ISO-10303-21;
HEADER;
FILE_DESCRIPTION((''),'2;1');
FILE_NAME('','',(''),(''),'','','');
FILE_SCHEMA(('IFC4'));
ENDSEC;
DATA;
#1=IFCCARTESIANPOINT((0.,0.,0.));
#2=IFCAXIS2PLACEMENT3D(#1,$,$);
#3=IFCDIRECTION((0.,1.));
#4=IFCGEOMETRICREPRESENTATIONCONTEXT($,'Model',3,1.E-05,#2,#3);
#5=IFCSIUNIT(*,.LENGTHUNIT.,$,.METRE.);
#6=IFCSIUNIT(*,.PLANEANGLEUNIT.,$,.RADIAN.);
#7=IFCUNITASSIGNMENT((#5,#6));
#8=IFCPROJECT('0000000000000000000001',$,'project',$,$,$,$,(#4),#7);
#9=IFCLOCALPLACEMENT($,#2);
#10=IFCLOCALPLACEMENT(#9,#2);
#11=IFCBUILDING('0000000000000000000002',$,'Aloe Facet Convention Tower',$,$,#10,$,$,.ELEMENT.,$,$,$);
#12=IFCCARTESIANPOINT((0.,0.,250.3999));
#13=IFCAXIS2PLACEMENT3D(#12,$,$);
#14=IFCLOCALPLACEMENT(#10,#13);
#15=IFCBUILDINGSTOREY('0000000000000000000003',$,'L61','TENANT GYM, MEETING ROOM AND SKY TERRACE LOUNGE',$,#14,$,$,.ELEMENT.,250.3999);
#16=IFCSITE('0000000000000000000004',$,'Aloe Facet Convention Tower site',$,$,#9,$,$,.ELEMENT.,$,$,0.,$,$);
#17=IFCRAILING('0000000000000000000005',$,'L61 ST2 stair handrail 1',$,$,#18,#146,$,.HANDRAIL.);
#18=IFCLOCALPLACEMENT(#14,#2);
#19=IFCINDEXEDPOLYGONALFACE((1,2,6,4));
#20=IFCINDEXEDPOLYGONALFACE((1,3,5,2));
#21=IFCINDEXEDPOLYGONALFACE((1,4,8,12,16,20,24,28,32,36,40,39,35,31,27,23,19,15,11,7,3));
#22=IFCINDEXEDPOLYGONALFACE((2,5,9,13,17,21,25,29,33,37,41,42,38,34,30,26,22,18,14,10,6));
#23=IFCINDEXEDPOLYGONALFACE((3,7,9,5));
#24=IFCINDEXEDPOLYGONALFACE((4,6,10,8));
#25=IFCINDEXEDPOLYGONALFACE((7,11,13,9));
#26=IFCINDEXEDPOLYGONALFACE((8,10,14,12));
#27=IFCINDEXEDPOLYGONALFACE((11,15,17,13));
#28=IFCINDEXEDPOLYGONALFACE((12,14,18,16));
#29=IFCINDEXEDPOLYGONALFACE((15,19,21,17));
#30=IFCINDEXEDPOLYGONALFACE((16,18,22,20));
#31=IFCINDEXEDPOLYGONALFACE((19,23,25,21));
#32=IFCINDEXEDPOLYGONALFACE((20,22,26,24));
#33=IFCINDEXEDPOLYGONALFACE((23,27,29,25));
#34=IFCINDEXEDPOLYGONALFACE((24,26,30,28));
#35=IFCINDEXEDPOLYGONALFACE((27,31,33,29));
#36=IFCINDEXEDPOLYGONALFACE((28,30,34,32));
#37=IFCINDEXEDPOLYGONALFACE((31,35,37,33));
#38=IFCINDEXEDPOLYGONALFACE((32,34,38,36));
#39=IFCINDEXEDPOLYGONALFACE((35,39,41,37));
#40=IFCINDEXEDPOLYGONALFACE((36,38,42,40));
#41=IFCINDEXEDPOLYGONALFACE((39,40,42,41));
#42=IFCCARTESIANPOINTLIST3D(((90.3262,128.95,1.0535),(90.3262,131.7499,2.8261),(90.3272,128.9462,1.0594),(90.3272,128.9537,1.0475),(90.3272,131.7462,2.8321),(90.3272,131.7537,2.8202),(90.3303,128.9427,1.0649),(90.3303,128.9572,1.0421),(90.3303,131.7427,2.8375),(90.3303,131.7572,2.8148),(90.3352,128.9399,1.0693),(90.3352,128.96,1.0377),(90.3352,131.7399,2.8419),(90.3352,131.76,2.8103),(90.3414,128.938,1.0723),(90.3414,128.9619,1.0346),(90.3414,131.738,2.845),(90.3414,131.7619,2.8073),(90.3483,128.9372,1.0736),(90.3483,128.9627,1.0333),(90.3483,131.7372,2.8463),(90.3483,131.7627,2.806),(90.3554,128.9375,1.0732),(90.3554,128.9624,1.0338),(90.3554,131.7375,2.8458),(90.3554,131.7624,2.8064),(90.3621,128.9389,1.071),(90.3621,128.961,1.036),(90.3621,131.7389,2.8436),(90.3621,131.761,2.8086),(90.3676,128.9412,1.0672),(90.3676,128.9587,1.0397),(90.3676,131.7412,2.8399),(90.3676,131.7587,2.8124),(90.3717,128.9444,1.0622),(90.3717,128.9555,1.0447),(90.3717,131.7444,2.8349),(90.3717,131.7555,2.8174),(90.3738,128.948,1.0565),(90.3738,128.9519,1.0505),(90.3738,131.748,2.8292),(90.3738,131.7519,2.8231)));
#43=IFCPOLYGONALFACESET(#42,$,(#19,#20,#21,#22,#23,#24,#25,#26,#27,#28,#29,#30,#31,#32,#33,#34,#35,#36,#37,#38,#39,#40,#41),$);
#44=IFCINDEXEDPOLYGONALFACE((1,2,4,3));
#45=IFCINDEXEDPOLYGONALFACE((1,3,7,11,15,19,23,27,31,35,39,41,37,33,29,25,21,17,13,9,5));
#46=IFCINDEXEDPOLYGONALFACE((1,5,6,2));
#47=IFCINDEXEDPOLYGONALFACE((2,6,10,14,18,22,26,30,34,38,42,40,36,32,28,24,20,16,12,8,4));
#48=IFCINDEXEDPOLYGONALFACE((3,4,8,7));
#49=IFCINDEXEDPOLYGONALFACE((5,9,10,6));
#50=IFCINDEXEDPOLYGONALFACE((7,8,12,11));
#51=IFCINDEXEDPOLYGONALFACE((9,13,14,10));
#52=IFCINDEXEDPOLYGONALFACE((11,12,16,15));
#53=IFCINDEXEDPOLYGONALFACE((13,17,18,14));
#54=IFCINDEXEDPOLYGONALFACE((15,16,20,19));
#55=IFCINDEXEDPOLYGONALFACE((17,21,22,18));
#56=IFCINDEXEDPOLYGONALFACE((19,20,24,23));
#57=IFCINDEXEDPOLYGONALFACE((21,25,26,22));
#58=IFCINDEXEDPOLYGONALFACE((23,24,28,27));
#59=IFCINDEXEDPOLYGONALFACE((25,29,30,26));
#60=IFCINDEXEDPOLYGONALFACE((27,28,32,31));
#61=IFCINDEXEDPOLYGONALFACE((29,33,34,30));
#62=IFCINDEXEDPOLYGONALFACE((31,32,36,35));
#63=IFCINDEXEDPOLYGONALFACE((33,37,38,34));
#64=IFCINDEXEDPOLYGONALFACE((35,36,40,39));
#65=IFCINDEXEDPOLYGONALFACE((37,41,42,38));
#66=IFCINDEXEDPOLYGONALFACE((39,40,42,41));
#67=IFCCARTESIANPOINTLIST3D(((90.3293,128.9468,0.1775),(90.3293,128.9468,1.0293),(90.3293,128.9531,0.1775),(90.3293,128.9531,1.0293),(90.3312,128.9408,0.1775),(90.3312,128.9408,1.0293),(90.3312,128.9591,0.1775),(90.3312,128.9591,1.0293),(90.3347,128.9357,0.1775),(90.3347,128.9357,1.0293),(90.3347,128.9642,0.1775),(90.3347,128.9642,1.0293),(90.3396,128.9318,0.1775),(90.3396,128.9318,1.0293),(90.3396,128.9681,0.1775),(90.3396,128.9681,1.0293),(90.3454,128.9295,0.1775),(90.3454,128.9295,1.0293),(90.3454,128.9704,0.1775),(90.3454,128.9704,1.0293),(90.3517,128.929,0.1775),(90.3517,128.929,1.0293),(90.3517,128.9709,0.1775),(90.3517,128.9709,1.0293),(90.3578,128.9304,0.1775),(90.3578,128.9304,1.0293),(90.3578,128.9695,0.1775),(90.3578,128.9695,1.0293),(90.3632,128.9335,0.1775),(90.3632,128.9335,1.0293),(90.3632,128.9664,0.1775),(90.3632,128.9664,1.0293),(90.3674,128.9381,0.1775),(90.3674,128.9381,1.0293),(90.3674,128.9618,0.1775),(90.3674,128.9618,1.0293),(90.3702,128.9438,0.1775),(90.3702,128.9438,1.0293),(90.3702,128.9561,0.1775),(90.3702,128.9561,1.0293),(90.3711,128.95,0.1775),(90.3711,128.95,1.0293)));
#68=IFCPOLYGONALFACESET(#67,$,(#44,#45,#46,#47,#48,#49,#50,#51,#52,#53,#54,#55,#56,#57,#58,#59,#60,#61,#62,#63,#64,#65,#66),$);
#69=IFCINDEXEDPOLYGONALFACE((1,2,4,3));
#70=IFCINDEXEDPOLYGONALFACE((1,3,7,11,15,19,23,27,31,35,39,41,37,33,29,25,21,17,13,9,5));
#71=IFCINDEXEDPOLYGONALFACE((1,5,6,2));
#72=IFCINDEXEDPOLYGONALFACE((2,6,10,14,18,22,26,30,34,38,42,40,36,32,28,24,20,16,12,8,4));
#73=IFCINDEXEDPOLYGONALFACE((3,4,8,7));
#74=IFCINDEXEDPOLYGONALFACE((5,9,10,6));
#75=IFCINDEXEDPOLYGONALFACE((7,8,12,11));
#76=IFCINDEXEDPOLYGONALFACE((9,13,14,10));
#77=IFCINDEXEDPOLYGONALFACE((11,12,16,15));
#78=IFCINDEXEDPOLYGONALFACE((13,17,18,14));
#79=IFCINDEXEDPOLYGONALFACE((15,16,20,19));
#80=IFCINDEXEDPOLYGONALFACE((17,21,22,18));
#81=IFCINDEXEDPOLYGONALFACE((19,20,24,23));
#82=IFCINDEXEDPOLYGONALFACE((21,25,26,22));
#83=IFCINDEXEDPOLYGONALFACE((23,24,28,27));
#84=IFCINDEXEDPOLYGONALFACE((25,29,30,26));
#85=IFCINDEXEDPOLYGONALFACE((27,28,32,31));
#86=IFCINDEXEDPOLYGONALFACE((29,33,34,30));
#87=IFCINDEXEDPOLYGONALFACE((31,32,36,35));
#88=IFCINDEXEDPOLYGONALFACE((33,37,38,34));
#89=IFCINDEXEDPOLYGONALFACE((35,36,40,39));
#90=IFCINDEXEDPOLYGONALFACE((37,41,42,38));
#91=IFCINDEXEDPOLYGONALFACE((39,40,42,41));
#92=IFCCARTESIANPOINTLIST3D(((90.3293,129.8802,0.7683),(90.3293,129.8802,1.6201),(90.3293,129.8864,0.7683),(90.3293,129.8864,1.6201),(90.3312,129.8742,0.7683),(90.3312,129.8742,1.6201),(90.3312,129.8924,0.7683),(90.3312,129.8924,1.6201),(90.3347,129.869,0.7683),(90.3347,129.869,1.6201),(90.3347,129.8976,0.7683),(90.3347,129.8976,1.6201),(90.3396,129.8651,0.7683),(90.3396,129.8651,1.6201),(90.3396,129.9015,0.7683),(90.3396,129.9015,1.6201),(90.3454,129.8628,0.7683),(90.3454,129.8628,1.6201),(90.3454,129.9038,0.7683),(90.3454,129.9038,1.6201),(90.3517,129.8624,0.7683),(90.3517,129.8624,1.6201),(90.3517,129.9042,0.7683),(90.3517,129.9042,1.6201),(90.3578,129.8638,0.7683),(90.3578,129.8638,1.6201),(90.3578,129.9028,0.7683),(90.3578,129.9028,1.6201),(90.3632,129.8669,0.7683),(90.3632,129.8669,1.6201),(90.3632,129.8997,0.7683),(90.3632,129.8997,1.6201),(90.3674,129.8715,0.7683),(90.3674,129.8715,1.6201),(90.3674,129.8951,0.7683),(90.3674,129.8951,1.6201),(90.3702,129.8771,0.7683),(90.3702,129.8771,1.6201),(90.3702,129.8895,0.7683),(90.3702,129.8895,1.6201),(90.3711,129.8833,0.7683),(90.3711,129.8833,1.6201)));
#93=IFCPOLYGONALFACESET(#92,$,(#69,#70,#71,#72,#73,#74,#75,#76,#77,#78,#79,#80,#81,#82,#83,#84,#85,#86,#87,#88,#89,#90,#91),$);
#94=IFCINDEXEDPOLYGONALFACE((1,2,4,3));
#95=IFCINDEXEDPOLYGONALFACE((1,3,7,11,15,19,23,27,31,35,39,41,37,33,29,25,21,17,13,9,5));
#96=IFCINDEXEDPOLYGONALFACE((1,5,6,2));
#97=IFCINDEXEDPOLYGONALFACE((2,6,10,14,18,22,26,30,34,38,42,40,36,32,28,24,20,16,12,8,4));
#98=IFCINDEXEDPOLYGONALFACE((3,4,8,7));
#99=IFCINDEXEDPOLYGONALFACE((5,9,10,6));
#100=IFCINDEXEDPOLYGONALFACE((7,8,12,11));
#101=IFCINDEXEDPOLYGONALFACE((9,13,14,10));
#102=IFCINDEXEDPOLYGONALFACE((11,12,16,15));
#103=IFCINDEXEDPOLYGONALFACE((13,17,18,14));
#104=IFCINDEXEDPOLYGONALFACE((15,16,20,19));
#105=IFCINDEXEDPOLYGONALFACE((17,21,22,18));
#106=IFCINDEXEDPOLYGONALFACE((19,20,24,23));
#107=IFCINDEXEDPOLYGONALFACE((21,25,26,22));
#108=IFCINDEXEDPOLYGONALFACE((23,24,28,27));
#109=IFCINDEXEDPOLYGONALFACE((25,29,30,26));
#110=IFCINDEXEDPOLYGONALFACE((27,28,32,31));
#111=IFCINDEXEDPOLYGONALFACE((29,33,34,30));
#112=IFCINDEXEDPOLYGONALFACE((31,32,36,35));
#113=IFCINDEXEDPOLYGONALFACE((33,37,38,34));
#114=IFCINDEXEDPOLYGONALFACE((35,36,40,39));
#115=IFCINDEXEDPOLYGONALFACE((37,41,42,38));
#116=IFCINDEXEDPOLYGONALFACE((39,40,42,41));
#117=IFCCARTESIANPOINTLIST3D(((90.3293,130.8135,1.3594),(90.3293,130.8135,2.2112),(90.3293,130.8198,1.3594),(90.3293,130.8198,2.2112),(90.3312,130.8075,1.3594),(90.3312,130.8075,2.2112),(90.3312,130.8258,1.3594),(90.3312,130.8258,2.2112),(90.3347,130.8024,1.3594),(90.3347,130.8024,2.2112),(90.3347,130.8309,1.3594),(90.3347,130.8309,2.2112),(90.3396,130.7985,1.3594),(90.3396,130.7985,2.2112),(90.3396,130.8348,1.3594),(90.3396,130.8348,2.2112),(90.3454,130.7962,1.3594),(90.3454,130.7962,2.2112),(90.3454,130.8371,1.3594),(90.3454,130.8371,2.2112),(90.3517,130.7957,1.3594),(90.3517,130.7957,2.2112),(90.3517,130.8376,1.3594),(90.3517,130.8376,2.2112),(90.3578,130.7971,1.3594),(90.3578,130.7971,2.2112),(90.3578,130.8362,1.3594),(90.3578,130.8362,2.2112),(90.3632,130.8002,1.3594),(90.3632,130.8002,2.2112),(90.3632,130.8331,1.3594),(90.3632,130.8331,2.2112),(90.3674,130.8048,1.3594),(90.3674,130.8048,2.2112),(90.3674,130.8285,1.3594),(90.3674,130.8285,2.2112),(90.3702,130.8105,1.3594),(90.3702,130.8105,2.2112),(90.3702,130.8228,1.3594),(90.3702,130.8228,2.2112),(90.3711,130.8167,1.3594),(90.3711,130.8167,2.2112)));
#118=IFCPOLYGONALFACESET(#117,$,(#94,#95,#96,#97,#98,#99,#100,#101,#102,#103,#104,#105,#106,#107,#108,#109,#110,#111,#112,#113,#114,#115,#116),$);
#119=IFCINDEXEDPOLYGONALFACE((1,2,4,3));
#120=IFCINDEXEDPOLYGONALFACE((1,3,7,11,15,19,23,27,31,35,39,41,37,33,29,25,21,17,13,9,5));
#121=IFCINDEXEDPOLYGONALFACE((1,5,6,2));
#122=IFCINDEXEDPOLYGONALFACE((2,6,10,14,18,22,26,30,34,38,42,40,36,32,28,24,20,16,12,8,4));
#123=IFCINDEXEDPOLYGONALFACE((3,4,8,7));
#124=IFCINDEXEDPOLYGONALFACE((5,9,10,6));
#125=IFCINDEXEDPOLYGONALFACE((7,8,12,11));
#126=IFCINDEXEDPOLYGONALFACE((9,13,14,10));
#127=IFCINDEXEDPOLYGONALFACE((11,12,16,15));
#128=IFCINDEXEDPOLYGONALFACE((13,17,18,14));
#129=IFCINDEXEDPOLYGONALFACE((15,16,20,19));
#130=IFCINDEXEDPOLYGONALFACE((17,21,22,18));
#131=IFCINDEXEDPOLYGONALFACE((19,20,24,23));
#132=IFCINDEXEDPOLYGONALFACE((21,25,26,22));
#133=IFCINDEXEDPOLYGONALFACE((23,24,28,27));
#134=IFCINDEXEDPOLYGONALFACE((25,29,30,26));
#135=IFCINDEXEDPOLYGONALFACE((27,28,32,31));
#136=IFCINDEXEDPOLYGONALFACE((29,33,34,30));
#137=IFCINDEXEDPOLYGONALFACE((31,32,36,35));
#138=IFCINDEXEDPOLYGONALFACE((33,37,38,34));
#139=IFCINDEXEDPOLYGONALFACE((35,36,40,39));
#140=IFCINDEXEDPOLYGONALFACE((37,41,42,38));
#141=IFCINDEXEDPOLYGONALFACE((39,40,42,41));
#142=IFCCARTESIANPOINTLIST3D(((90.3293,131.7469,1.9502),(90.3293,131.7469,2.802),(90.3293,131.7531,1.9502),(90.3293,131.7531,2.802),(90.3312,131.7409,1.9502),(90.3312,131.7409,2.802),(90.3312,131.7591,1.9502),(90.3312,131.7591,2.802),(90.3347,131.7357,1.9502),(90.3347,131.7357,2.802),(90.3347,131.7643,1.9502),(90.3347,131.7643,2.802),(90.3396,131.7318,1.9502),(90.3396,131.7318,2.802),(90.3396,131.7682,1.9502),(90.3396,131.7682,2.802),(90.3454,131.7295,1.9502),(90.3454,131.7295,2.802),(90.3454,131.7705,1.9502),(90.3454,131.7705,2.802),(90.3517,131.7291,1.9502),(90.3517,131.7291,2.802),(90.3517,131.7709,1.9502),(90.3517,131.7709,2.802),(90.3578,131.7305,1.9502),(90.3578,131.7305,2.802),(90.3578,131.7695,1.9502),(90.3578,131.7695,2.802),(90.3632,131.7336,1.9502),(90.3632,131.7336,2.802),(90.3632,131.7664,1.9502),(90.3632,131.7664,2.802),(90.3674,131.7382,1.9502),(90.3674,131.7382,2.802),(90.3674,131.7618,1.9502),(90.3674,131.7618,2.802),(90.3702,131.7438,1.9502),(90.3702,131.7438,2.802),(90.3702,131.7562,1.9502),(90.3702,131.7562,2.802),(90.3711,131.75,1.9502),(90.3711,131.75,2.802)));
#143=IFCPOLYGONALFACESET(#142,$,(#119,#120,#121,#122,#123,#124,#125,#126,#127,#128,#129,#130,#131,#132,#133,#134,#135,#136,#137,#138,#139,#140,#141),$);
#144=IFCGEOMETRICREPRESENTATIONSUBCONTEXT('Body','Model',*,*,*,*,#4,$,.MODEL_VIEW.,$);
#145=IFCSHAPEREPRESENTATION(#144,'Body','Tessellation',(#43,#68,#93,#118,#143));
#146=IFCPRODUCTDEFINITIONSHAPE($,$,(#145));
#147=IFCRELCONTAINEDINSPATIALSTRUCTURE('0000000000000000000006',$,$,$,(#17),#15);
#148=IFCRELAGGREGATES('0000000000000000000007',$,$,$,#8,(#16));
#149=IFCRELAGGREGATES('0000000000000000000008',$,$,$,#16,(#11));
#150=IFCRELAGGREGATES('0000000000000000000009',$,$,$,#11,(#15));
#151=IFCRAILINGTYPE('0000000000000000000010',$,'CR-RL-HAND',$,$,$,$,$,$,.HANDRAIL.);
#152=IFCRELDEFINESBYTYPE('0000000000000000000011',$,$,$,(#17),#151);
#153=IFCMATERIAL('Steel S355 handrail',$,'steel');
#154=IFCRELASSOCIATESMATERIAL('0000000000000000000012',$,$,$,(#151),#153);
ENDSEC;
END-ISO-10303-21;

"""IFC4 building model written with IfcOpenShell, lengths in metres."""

from ifc_helpers import new_model, si_unit, direction, frame, origin, origin_2d, place, context, subcontext, project, spatial, circle, extrude, material, type_object, element, save


model = new_model("IFC4")

# Units and contexts
model_context = context("Model", 3, precision=1e-05, world=origin(), true_north=direction((0.0, 1.0)))
body_context = subcontext(model_context, "Body", "Model", "MODEL_VIEW")
ifc_project = project(units=[si_unit("LENGTHUNIT", "METRE"), si_unit("PLANEANGLEUNIT", "RADIAN")], contexts=[model_context])

# Site, building, storey
site_placement = place(None, origin())
site = spatial("IfcSite", under=ifc_project, at=site_placement, Name="Aloe Facet Convention Tower site", CompositionType="ELEMENT", RefElevation=0.0)
building_placement = place(site_placement, origin())
building = spatial("IfcBuilding", under=site, at=building_placement, Name="Aloe Facet Convention Tower", CompositionType="ELEMENT")
storey_placement = place(building_placement, frame((0.0, 0.0, 250.3999)))
storey = spatial("IfcBuildingStorey", under=building, at=storey_placement, Name="L61", Description="TENANT GYM, MEETING ROOM AND SKY TERRACE LOUNGE", CompositionType="ELEMENT", Elevation=250.3999)

# Railing
ifc_material_1 = material(Name="Steel S355 handrail", Category="steel")
railing_type_1 = type_object("IfcRailingType", Name="CR-RL-HAND", PredefinedType="HANDRAIL", material=ifc_material_1)
railing_1_placement = place(storey_placement, frame((90.3501, 128.95, 0.1775)))
element("IfcRailing", 1, at=railing_1_placement, inside=storey, type_object=railing_type_1, Name="L61 ST2 stair handrail 1", PredefinedType="HANDRAIL", context=body_context, shape_type="SweptSolid", body=[
    extrude(circle(Radius=0.0239, at=origin_2d()), frame((0.0, 0.0, 0.876), z_axis=(0.0, 0.844909, 0.53491), x_axis=(-1.0, 0.0, 0.0)), (0.0, 0.0, 1.0), 3.314),
    extrude(circle(Radius=0.021, at=origin_2d()), origin(), (0.0, 0.0, 1.0), 0.8518),
    extrude(circle(Radius=0.021, at=origin_2d()), frame((0.0, 0.9333, 0.5908)), (0.0, 0.0, 1.0), 0.8518),
    extrude(circle(Radius=0.021, at=origin_2d()), frame((0.0, 1.8667, 1.1819)), (0.0, 0.0, 1.0), 0.8518),
    extrude(circle(Radius=0.021, at=origin_2d()), frame((0.0, 2.8, 1.7727)), (0.0, 0.0, 1.0), 0.8518),
])

save(model, "model.ifc")
